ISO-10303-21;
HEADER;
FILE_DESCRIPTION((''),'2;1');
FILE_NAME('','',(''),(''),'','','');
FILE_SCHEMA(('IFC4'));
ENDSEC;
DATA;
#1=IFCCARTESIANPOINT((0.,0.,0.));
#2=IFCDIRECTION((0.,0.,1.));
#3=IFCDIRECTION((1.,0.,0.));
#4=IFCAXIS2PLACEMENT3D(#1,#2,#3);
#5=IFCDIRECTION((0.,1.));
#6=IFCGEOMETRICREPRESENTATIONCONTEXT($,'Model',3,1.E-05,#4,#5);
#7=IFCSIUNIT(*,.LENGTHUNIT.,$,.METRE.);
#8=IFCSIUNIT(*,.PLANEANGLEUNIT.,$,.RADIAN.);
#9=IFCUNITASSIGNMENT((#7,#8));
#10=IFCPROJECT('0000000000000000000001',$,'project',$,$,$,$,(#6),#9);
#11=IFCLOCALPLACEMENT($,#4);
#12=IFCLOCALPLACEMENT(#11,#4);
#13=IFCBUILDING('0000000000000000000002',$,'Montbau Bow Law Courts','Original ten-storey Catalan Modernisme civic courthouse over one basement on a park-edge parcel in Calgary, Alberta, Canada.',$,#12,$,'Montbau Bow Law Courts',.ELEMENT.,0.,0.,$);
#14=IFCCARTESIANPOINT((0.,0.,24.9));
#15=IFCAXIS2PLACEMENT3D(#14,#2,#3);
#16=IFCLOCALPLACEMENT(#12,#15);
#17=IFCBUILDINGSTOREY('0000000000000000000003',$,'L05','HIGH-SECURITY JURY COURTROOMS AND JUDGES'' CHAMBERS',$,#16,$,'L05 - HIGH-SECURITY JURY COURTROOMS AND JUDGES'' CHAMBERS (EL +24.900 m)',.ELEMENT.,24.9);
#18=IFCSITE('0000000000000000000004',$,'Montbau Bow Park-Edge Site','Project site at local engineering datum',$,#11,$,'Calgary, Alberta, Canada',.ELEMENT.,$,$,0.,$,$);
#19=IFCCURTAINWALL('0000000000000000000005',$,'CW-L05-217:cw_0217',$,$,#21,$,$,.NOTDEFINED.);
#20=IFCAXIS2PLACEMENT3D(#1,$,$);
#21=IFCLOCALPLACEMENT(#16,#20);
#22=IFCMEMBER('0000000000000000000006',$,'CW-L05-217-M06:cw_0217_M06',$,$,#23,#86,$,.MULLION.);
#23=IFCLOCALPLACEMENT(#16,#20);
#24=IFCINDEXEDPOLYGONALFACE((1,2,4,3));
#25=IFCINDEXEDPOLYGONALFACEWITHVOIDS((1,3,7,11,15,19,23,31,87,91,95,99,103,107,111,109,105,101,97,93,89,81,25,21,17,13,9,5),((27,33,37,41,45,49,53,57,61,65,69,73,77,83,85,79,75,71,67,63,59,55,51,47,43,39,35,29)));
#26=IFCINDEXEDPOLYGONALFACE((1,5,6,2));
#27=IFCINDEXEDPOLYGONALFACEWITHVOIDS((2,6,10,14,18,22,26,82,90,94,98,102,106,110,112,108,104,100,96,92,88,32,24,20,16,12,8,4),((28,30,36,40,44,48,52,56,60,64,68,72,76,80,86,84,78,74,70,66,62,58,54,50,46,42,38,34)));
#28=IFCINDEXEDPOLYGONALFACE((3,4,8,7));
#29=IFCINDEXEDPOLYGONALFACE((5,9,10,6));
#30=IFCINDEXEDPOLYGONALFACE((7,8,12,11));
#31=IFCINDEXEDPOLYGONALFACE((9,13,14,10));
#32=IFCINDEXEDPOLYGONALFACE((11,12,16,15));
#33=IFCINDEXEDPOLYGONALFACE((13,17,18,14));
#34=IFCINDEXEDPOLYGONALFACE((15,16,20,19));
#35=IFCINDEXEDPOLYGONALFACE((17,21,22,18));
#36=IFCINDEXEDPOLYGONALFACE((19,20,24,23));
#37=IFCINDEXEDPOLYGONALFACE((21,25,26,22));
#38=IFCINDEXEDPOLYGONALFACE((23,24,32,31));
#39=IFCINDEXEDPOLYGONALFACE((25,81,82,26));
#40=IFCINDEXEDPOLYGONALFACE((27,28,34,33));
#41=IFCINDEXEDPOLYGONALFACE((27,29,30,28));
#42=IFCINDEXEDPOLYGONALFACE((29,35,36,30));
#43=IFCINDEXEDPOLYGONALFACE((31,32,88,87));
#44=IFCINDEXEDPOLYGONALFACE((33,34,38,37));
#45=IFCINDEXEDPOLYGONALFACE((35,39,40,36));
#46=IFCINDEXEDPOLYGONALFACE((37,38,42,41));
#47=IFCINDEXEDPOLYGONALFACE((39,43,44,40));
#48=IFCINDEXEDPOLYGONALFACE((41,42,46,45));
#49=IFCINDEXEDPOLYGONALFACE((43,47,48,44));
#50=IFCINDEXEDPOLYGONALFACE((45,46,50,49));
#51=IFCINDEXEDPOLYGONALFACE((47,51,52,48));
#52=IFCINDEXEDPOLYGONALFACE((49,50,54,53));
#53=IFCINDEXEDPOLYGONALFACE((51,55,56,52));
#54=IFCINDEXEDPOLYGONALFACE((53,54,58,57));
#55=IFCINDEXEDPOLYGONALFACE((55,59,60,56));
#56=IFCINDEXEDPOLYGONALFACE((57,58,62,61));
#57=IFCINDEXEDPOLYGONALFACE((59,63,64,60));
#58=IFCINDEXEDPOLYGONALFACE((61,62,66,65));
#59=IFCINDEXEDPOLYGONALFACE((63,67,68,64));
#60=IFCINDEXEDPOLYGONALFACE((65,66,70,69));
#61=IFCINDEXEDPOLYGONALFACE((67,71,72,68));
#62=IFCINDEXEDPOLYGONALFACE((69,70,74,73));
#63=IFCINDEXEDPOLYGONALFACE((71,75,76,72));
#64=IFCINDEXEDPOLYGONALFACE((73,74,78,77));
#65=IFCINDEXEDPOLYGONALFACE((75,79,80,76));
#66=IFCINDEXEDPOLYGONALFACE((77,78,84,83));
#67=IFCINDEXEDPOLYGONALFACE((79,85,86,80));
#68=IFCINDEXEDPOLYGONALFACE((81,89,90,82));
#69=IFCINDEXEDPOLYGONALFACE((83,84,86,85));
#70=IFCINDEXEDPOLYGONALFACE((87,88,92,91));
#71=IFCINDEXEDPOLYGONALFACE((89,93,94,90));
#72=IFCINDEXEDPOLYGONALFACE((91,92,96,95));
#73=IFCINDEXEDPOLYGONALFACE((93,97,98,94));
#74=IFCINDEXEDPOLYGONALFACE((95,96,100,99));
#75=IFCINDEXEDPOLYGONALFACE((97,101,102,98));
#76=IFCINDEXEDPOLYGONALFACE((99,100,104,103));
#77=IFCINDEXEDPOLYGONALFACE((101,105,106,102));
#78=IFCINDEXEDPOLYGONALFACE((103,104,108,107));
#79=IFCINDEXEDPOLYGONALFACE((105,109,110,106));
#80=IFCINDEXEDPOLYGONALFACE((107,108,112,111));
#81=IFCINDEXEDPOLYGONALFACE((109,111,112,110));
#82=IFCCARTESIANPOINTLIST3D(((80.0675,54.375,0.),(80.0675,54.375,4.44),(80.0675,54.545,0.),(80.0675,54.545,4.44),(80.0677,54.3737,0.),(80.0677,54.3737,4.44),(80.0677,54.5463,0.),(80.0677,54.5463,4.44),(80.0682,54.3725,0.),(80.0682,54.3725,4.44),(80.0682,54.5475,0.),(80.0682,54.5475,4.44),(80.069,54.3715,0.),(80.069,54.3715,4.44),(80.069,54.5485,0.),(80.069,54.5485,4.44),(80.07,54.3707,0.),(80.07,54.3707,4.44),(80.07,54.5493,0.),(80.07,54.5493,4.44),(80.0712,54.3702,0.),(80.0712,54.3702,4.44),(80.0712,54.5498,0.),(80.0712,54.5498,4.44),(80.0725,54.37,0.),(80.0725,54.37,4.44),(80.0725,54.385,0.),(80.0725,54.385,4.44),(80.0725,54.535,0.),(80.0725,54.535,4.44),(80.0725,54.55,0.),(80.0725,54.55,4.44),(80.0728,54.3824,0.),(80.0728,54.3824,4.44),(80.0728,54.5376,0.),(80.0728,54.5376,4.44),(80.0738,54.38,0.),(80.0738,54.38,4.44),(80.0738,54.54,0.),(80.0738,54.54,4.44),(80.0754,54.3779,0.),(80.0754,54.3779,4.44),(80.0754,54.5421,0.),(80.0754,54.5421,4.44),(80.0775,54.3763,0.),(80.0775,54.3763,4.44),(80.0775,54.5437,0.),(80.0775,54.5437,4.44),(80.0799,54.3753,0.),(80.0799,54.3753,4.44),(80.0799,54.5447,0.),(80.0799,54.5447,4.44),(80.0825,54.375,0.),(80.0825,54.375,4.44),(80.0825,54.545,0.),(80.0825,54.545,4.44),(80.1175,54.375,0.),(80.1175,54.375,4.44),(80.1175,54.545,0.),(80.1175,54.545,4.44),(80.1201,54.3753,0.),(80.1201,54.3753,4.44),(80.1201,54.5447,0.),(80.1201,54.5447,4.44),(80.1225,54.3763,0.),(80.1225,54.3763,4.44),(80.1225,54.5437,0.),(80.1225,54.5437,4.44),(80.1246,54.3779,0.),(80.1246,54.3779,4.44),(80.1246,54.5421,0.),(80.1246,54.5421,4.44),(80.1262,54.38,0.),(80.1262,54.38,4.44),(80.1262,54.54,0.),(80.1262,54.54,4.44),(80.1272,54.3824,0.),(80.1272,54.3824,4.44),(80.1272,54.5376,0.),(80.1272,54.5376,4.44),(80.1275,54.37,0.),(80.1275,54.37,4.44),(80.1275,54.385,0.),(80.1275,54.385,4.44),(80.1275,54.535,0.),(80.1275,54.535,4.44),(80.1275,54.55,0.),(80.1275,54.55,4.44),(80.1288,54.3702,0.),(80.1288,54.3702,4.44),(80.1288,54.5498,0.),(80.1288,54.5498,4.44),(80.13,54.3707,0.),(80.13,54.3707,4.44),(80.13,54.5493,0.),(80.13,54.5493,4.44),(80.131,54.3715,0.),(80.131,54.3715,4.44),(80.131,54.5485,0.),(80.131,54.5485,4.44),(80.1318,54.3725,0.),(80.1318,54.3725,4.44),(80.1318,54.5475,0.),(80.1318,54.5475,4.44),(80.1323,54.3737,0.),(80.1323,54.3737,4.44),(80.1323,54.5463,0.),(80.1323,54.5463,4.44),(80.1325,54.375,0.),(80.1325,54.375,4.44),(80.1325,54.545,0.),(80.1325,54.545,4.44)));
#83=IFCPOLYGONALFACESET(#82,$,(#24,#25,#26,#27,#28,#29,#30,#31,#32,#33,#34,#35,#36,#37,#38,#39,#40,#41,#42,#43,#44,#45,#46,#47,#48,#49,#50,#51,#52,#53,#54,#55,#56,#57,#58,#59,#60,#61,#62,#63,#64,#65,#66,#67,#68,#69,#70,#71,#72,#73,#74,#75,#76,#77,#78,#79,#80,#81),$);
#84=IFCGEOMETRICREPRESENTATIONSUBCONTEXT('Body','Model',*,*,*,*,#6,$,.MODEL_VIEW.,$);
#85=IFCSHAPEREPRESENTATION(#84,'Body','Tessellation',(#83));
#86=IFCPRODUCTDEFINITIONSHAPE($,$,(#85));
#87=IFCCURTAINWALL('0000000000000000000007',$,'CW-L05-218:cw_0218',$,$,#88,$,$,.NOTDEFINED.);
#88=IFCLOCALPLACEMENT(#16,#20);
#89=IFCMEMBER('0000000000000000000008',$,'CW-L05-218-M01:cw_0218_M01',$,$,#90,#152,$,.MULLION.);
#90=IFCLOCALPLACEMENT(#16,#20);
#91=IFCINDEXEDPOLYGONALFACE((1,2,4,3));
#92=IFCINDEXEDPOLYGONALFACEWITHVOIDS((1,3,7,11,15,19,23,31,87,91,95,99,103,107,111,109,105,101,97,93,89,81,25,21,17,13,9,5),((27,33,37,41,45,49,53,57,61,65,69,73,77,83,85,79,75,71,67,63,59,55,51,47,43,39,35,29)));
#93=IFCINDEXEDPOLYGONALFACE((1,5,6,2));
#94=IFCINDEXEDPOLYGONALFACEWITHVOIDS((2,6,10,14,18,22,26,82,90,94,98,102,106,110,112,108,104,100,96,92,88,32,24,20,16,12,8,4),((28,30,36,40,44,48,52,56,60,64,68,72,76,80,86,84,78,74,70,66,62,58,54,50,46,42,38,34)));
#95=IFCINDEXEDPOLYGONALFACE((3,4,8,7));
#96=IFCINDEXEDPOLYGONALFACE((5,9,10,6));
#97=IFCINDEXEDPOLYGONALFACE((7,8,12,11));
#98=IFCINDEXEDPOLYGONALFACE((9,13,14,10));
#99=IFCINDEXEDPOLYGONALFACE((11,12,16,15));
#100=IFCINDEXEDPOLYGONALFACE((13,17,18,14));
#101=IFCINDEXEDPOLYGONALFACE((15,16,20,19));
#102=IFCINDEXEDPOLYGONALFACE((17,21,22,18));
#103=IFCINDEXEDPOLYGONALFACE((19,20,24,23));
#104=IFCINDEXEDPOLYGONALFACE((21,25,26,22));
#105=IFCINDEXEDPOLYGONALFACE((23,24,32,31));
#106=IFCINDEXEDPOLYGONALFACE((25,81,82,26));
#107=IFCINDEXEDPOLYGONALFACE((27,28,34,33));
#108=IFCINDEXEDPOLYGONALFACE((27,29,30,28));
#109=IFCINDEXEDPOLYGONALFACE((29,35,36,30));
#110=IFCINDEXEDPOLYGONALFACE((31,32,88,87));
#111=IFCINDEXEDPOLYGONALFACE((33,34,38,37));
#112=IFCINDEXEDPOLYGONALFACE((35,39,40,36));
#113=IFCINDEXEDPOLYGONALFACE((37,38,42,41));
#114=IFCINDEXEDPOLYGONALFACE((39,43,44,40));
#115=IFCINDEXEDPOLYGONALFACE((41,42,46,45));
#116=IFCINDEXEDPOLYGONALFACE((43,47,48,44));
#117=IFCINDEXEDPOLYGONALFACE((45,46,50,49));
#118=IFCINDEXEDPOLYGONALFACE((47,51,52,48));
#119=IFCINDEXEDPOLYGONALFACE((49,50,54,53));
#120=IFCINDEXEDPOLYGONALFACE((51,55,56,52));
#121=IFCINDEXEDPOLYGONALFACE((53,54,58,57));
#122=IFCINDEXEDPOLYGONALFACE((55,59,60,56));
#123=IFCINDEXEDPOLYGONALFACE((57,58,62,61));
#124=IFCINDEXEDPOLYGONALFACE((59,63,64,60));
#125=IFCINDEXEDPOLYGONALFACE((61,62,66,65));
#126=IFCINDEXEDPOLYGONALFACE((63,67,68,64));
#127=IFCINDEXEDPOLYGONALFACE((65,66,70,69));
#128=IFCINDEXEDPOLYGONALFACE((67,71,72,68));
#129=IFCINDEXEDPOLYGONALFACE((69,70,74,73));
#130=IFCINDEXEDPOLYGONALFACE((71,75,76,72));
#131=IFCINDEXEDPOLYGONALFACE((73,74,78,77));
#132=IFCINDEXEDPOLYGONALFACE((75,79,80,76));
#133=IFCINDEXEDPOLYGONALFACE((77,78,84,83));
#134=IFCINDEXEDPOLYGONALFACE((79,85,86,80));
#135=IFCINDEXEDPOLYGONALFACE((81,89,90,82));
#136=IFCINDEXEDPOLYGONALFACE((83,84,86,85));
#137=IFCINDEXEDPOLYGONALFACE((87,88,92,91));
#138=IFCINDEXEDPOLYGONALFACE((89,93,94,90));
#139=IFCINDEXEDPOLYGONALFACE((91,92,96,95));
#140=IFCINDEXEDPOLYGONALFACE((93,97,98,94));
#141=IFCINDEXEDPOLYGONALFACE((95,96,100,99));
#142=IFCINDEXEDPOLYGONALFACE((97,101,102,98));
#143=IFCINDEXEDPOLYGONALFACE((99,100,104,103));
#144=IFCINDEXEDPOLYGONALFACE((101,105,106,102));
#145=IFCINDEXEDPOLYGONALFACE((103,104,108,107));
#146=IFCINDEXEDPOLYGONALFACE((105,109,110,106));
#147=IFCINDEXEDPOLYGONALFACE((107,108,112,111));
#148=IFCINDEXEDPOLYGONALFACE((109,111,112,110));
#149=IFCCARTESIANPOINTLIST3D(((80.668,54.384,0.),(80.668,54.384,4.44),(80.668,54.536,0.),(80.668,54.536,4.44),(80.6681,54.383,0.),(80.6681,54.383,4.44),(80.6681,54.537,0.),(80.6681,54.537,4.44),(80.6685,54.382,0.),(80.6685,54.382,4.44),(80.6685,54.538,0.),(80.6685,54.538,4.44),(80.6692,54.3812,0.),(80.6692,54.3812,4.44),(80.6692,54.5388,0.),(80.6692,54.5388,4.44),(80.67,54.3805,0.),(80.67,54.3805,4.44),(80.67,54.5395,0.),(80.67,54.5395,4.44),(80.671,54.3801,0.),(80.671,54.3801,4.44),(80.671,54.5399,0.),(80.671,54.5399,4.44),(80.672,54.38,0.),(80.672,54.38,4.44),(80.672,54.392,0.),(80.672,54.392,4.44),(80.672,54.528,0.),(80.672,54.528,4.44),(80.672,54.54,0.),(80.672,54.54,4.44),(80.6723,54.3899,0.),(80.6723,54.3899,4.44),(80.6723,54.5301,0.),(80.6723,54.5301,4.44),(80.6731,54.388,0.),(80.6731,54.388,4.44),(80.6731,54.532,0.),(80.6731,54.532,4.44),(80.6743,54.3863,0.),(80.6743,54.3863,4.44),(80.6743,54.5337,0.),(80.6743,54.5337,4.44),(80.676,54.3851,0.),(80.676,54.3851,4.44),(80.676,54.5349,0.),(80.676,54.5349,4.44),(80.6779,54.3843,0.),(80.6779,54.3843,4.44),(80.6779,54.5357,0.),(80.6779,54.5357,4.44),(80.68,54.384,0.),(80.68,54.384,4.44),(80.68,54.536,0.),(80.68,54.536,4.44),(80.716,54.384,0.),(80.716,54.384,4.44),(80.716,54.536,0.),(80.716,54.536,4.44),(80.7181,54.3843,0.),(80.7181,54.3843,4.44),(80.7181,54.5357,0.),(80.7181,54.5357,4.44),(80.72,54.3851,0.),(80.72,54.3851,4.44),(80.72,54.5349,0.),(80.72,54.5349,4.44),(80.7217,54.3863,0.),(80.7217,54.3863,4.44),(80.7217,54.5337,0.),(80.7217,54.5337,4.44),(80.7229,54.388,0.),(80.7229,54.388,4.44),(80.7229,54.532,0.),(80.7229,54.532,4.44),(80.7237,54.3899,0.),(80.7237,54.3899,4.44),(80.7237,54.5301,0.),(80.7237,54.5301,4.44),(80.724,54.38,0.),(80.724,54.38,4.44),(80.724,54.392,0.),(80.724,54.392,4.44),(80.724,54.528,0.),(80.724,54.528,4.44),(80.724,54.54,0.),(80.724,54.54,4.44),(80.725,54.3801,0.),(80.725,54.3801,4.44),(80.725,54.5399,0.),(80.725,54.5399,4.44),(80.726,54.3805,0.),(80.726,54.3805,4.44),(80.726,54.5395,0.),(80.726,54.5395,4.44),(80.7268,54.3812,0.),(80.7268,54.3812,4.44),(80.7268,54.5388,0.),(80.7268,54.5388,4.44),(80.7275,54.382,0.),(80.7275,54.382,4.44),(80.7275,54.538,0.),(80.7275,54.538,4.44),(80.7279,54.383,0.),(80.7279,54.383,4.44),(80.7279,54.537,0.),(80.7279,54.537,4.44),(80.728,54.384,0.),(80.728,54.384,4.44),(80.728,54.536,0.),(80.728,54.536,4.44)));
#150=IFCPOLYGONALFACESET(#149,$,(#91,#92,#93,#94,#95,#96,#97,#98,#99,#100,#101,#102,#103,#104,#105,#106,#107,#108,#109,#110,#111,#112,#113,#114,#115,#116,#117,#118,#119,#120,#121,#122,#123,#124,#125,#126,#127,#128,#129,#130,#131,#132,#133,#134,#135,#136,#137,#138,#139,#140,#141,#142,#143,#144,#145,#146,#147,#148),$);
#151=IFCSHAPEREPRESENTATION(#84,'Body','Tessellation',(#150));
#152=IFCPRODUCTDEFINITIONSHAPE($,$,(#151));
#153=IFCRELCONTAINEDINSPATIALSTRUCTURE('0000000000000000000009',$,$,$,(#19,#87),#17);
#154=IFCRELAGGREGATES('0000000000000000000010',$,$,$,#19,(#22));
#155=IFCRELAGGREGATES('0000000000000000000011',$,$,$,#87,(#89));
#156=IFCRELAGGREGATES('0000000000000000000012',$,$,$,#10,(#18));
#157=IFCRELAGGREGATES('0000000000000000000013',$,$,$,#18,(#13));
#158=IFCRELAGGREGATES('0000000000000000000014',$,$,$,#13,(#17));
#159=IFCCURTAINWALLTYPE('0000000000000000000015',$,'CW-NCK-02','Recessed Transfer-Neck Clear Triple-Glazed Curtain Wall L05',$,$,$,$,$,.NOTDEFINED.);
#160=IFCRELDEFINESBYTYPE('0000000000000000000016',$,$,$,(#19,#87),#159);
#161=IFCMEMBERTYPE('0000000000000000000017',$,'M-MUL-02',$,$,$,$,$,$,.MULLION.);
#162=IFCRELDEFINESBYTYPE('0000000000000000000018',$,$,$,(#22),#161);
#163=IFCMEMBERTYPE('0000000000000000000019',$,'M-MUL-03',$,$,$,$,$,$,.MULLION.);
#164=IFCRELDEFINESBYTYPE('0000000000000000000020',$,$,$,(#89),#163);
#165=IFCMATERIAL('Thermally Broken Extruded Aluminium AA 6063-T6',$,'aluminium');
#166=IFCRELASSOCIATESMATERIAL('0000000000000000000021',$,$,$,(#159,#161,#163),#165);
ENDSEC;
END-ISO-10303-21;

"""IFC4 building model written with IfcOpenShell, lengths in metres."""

from ifc_helpers import new_model, si_unit, direction, frame, origin_with_axes, origin_2d_with_axis, place, context, subcontext, project, spatial, hollow_rectangle, extrude, material, material_profile, profile_set, type_object, element, aggregate, save


model = new_model("IFC4")

# Units and contexts
model_context = context("Model", 3, precision=1e-05, world=origin_with_axes(), true_north=direction((0.0, 1.0)))
body_context = subcontext(model_context, "Body", "Model", "MODEL_VIEW")
ifc_project = project(units=[si_unit("LENGTHUNIT", "METRE"), si_unit("PLANEANGLEUNIT", "RADIAN")], contexts=[model_context])

# Site, building, storey
site_placement = place(None, origin_with_axes())
site = spatial("IfcSite", under=ifc_project, at=site_placement, Name="Montbau Bow Park-Edge Site", Description="Project site at local engineering datum", LongName="Calgary, Alberta, Canada", CompositionType="ELEMENT", RefElevation=0.0)
building_placement = place(site_placement, origin_with_axes())
building = spatial("IfcBuilding", under=site, at=building_placement, Name="Montbau Bow Law Courts", Description="Original ten-storey Catalan Modernisme civic courthouse over one basement on a park-edge parcel in Calgary, Alberta, Canada.", LongName="Montbau Bow Law Courts", CompositionType="ELEMENT", ElevationOfRefHeight=0.0, ElevationOfTerrain=0.0)
storey_placement = place(building_placement, frame((0.0, 0.0, 24.9), z_axis=(0.0, 0.0, 1.0), x_axis=(1.0, 0.0, 0.0)))
storey = spatial("IfcBuildingStorey", under=building, at=storey_placement, Name="L05", Description="HIGH-SECURITY JURY COURTROOMS AND JUDGES' CHAMBERS", LongName="L05 - HIGH-SECURITY JURY COURTROOMS AND JUDGES' CHAMBERS (EL +24.900 m)", CompositionType="ELEMENT", Elevation=24.9)

# Curtain walls, members
ifc_material_1 = material(Name="Thermally Broken Extruded Aluminium AA 6063-T6", Category="aluminium")
curtain_wall_type = type_object("IfcCurtainWallType", Name="CW-NCK-02", Description="Recessed Transfer-Neck Clear Triple-Glazed Curtain Wall L05", PredefinedType="NOTDEFINED", material=ifc_material_1)
curtain_wall_1_placement = place(None, frame((72.44, 54.46, 24.9), z_axis=(0.0, 0.0, 1.0), x_axis=(1.0, 0.0, 0.0)))
curtain_wall_1 = element("IfcCurtainWall", 1, at=curtain_wall_1_placement, inside=storey, type_object=curtain_wall_type, Name="CW-L05-217:cw_0217", PredefinedType="NOTDEFINED")
ifc_material_profile_1 = material_profile(ifc_material_1, hollow_rectangle(XDim=0.065, YDim=0.18, WallThickness=0.005, InnerFilletRadius=0.01, OuterFilletRadius=0.005, at=origin_2d_with_axis()), Name="CWM-180X65", Category="Main", Priority=0)
ifc_profile_set_1 = profile_set([ifc_material_profile_1], Name="Thermally Broken Extruded Aluminium AA 6063-T6")
member_type_1 = type_object("IfcMemberType", Name="M-MUL-02", PredefinedType="MULLION", material=ifc_profile_set_1)
member_1_placement = place(None, frame((80.1, 54.46, 24.9), z_axis=(0.0, 0.0, 1.0), x_axis=(1.0, 0.0, 0.0)))
member_1 = element("IfcMember", 2, at=member_1_placement, type_object=member_type_1, Name="CW-L05-217-M06:cw_0217_M06", PredefinedType="MULLION", context=body_context, shape_type="SweptSolid", body=[
    extrude(hollow_rectangle(XDim=0.065, YDim=0.18, WallThickness=0.005, InnerFilletRadius=0.01, OuterFilletRadius=0.005, at=origin_2d_with_axis()), origin_with_axes(), (0.0, 0.0, 1.0), 4.44),
])
curtain_wall_2_placement = place(None, frame((80.668, 54.46, 24.9), z_axis=(0.0, 0.0, 1.0), x_axis=(1.0, 0.0, 0.0)))
curtain_wall_2 = element("IfcCurtainWall", 3, at=curtain_wall_2_placement, inside=storey, type_object=curtain_wall_type, Name="CW-L05-218:cw_0218", PredefinedType="NOTDEFINED")
ifc_material_profile_2 = material_profile(ifc_material_1, hollow_rectangle(XDim=0.06, YDim=0.16, WallThickness=0.004, InnerFilletRadius=0.008, OuterFilletRadius=0.004, at=origin_2d_with_axis()), Name="CWM-160X60", Category="Main", Priority=0)
ifc_profile_set_2 = profile_set([ifc_material_profile_2], Name="Thermally Broken Extruded Aluminium AA 6063-T6")
member_type_2 = type_object("IfcMemberType", Name="M-MUL-03", PredefinedType="MULLION", material=ifc_profile_set_2)
member_2_placement = place(None, frame((80.698, 54.46, 24.9), z_axis=(0.0, 0.0, 1.0), x_axis=(1.0, 0.0, 0.0)))
member_2 = element("IfcMember", 4, at=member_2_placement, type_object=member_type_2, Name="CW-L05-218-M01:cw_0218_M01", PredefinedType="MULLION", context=body_context, shape_type="SweptSolid", body=[
    extrude(hollow_rectangle(XDim=0.06, YDim=0.16, WallThickness=0.004, InnerFilletRadius=0.008, OuterFilletRadius=0.004, at=origin_2d_with_axis()), origin_with_axes(), (0.0, 0.0, 1.0), 4.44),
])

aggregate(curtain_wall_1, [member_1])
aggregate(curtain_wall_2, [member_2])

save(model, "model.ifc")
